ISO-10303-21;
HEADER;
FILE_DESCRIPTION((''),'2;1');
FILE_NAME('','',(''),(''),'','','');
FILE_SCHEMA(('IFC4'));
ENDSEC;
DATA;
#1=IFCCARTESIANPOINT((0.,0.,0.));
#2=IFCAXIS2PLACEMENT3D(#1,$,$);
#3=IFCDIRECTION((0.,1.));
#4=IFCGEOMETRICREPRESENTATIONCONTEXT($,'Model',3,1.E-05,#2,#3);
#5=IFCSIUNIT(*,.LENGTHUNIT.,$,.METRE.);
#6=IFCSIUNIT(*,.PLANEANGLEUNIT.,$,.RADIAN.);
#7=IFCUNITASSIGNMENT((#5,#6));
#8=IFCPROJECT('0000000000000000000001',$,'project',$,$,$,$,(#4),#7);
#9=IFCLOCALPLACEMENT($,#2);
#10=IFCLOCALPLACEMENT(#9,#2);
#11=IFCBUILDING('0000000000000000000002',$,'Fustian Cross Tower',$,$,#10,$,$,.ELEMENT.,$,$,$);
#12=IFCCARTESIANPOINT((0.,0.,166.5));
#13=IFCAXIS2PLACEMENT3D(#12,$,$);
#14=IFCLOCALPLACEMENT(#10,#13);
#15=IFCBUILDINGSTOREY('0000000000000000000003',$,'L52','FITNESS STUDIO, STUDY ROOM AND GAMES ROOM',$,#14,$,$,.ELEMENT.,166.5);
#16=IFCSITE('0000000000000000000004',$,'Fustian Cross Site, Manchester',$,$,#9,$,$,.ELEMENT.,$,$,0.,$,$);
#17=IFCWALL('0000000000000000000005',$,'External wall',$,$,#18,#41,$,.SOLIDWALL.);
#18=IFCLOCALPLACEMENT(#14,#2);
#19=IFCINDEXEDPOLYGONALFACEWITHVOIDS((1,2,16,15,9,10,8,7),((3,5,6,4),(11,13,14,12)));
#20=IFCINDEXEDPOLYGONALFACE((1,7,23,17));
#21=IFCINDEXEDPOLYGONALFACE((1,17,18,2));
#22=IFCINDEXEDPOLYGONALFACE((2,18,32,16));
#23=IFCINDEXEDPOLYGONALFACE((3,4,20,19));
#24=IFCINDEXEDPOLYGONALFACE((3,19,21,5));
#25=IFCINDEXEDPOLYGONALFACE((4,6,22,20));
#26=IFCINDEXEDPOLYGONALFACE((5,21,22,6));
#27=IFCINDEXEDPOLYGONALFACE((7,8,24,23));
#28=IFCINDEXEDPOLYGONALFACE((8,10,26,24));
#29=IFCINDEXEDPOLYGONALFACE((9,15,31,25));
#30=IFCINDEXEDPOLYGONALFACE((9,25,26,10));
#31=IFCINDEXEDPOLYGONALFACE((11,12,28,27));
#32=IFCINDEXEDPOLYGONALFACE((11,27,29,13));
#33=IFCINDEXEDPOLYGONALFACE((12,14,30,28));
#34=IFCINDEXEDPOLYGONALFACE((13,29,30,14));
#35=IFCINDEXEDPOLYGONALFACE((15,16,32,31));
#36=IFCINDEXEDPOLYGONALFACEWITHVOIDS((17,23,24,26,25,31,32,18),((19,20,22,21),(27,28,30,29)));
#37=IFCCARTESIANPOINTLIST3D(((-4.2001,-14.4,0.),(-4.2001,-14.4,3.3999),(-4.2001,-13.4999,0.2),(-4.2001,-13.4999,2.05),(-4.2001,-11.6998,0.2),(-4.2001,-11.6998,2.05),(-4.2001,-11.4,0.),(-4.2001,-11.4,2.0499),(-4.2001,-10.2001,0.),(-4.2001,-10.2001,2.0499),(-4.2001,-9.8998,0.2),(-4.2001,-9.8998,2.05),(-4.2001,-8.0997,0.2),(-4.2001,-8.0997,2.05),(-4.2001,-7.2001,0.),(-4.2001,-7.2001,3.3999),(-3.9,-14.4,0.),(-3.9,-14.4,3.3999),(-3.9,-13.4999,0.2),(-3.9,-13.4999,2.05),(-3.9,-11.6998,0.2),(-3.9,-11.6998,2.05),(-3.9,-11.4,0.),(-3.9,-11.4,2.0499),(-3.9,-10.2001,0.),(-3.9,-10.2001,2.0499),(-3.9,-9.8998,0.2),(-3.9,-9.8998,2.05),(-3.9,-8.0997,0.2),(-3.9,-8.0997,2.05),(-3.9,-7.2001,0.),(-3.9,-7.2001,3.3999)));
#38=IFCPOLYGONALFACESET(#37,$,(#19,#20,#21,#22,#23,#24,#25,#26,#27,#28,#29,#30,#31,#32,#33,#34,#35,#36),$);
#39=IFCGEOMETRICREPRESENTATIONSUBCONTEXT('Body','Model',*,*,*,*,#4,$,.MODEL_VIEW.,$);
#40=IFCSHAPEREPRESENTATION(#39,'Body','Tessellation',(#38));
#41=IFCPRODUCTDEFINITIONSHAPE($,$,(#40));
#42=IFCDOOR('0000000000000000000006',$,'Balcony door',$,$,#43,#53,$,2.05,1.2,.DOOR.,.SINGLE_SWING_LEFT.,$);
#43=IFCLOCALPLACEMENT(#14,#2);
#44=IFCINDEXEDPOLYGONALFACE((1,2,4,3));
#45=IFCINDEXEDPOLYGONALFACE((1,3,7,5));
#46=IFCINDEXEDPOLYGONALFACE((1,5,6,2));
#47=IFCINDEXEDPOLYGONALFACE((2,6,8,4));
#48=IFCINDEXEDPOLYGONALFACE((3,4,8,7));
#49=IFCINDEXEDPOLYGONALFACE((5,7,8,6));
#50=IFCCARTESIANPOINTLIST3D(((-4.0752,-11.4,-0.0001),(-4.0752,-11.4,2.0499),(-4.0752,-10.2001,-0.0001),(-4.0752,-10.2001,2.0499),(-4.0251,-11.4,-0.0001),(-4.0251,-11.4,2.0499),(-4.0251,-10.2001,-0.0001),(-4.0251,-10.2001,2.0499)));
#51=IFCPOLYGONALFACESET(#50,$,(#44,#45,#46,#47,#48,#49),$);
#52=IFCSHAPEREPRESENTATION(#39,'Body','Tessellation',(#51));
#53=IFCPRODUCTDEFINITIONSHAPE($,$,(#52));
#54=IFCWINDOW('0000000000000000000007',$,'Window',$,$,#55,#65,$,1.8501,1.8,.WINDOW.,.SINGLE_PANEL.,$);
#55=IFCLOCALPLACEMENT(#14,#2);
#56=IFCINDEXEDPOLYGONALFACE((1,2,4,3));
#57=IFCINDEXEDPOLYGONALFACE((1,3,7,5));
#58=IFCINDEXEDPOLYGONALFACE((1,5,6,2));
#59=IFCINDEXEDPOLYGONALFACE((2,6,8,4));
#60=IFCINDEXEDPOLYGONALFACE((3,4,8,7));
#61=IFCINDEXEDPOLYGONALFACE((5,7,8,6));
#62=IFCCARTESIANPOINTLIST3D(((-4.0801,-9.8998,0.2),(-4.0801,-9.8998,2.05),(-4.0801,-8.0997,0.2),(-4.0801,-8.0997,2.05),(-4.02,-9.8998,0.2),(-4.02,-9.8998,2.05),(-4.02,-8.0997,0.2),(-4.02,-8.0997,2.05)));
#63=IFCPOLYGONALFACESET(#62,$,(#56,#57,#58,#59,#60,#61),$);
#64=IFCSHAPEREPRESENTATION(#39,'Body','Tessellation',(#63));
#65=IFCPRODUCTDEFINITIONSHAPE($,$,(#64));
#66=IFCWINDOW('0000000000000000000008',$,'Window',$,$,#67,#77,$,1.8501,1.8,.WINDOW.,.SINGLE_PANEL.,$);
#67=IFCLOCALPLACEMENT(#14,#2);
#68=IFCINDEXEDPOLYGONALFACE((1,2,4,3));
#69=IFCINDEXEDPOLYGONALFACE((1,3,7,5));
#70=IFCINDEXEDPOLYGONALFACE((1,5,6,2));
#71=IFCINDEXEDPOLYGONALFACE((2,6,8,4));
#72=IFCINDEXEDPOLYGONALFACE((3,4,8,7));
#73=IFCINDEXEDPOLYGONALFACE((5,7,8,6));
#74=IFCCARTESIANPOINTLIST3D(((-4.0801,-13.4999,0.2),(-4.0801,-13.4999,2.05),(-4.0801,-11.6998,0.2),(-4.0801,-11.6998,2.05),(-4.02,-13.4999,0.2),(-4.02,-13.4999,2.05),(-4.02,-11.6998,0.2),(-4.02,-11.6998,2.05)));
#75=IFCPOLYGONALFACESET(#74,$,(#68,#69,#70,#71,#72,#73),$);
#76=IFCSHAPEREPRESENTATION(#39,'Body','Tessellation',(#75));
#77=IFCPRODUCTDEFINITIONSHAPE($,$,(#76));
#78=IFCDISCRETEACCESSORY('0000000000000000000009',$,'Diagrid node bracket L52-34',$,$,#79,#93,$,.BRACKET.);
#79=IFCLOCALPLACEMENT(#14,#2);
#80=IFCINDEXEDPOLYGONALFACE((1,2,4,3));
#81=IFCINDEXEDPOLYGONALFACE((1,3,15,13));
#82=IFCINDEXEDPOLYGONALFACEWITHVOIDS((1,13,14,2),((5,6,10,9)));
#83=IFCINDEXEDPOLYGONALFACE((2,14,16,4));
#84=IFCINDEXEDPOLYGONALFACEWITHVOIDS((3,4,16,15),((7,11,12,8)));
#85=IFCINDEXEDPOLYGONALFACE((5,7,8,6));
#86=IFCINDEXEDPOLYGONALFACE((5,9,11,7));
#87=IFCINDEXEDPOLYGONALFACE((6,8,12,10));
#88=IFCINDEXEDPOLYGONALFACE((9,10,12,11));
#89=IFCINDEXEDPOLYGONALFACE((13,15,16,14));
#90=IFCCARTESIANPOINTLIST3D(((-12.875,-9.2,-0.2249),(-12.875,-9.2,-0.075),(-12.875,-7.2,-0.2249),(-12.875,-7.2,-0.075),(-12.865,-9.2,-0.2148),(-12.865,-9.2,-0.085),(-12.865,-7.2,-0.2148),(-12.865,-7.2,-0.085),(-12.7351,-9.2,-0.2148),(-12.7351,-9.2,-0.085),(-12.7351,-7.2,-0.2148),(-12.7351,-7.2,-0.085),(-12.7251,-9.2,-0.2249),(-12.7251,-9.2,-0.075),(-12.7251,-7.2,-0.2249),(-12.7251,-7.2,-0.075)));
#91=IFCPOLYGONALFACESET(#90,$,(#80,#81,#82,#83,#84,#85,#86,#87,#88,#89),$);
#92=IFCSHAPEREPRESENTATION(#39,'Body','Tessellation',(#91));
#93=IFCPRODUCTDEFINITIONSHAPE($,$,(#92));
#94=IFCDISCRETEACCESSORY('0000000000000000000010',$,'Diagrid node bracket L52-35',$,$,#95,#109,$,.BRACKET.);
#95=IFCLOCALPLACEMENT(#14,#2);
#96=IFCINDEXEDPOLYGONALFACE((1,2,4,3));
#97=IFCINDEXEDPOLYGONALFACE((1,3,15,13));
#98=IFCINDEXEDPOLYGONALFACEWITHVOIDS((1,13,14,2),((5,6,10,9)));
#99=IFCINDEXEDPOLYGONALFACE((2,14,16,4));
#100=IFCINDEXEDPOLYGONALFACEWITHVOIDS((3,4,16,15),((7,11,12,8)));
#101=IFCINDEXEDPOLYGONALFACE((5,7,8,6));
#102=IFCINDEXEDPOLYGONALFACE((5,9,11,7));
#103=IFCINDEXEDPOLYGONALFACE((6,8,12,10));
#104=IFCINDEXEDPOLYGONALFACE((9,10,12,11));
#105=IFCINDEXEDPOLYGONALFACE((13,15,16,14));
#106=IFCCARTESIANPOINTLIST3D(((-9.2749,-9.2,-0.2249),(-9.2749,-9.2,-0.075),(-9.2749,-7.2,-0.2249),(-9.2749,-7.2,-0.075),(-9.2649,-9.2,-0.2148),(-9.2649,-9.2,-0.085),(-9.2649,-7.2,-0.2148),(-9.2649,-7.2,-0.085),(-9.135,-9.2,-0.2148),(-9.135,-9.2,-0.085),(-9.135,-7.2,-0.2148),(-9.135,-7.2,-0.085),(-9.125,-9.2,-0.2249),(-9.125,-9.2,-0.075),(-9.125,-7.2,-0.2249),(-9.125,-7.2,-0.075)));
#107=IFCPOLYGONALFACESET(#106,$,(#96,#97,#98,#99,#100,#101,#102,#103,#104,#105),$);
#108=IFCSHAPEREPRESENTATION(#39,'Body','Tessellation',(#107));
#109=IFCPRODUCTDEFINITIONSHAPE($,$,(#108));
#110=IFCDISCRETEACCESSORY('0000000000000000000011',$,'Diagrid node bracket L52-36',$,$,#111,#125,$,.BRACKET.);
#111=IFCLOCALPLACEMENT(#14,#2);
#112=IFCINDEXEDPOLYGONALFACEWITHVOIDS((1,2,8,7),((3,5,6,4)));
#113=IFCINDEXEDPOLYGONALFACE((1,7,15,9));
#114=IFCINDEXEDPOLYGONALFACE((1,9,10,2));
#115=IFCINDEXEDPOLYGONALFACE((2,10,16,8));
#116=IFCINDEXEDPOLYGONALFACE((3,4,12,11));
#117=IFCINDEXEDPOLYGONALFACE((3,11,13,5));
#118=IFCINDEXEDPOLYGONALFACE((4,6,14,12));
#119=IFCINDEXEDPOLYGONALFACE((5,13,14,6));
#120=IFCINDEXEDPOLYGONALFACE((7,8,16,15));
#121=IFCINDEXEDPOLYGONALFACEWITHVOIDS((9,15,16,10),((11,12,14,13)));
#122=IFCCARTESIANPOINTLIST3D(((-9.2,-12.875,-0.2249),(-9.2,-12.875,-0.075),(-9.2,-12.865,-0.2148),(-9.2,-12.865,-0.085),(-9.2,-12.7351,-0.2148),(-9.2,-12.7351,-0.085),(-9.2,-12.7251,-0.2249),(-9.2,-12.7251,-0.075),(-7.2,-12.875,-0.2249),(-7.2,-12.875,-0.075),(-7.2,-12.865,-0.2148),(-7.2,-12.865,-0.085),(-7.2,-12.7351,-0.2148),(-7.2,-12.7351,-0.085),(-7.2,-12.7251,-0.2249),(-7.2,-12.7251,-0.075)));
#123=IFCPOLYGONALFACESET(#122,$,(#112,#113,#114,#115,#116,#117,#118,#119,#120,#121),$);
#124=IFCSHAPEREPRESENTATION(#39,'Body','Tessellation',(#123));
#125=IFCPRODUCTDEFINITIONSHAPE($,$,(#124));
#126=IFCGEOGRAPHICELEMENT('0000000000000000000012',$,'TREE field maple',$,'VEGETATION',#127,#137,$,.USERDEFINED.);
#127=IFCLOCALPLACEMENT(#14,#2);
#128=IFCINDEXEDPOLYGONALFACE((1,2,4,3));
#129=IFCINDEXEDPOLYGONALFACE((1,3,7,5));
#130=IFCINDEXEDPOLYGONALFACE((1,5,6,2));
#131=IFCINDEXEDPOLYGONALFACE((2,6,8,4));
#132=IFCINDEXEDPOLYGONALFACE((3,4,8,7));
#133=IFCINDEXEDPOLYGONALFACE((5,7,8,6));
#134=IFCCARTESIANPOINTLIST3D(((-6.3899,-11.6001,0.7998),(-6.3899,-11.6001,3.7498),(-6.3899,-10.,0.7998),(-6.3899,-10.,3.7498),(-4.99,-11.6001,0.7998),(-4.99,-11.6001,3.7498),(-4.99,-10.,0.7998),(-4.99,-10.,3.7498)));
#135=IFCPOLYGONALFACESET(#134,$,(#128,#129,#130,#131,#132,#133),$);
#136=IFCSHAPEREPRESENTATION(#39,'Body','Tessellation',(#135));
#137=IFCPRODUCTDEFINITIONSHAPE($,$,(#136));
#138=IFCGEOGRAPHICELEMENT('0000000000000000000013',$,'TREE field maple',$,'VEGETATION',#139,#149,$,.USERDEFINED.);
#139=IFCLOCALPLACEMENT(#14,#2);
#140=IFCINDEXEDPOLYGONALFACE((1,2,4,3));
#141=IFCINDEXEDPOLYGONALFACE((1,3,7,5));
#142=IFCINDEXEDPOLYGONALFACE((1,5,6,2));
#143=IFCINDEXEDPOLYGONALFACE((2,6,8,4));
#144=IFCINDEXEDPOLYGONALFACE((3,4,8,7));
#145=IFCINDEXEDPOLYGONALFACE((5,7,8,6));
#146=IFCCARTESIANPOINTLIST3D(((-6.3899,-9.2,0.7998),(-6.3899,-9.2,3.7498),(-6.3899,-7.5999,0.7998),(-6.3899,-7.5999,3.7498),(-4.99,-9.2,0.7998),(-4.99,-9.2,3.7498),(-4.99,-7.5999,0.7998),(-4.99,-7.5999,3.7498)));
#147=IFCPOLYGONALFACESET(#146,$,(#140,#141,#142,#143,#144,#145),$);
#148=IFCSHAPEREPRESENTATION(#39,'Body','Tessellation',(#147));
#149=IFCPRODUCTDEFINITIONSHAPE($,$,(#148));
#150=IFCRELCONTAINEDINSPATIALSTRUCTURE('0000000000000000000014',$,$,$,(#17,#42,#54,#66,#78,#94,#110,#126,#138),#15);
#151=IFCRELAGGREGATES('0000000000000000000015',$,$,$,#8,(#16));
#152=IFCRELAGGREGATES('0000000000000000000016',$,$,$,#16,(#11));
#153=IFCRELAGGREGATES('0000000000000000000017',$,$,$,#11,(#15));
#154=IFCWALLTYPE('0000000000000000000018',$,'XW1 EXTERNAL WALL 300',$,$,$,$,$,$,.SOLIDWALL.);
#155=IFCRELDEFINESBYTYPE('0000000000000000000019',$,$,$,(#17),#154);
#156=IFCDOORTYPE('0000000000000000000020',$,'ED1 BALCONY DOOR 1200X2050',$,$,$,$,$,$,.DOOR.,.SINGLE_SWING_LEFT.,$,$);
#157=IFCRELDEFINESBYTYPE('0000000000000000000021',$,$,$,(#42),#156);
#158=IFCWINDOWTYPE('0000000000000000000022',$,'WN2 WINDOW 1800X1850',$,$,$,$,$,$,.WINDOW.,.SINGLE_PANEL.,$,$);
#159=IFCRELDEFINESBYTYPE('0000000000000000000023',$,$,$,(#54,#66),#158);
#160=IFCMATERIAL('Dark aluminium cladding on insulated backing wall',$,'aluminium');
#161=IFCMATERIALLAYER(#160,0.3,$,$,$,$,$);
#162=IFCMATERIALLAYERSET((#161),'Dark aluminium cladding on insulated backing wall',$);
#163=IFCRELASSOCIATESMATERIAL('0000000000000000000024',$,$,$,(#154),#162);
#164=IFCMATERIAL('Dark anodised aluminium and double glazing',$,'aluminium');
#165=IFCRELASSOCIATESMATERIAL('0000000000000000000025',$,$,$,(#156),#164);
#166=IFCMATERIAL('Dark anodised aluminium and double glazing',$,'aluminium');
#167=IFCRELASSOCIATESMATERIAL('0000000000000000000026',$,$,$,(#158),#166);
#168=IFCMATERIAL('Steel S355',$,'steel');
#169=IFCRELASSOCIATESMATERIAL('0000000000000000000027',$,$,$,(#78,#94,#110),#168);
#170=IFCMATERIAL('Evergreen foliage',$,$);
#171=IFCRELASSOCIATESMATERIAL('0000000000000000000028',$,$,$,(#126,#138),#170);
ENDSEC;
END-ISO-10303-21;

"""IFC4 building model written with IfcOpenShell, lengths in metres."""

from ifc_helpers import new_model, si_unit, direction, frame, frame_2d, origin, origin_2d, place, context, subcontext, project, spatial, rectangle, hollow_rectangle, extrude, material, layer, layer_set, type_object, element, fill, save


model = new_model("IFC4")

# Units and contexts
model_context = context("Model", 3, precision=1e-05, world=origin(), true_north=direction((0.0, 1.0)))
body_context = subcontext(model_context, "Body", "Model", "MODEL_VIEW")
ifc_project = project(units=[si_unit("LENGTHUNIT", "METRE"), si_unit("PLANEANGLEUNIT", "RADIAN")], contexts=[model_context])

# Site, building, storey
site_placement = place(None, origin())
site = spatial("IfcSite", under=ifc_project, at=site_placement, Name="Fustian Cross Site, Manchester", CompositionType="ELEMENT", RefElevation=0.0)
building_placement = place(site_placement, origin())
building = spatial("IfcBuilding", under=site, at=building_placement, Name="Fustian Cross Tower", CompositionType="ELEMENT")
storey_placement = place(building_placement, frame((0.0, 0.0, 166.5)))
storey = spatial("IfcBuildingStorey", under=building, at=storey_placement, Name="L52", Description="FITNESS STUDIO, STUDY ROOM AND GAMES ROOM", CompositionType="ELEMENT", Elevation=166.5)

# Wall, openings, door, windows
ifc_material_1 = material(Name="Dark aluminium cladding on insulated backing wall", Category="aluminium")
ifc_layer_1 = layer(ifc_material_1, 0.3)
ifc_layer_set_1 = layer_set([ifc_layer_1], Name="Dark aluminium cladding on insulated backing wall")
wall_type_1 = type_object("IfcWallType", Name="XW1 EXTERNAL WALL 300", PredefinedType="SOLIDWALL", material=ifc_layer_set_1)
wall_1_placement = place(storey_placement, frame((-4.05, -7.2, 0.0), z_axis=(0.0, 0.0, 1.0), x_axis=(0.0, -1.0, 0.0)))
wall_1 = element("IfcWall", 1, at=wall_1_placement, inside=storey, type_object=wall_type_1, Name="External wall", PredefinedType="SOLIDWALL", context=body_context, shape_type="SweptSolid", body=[
    extrude(rectangle(XDim=7.2, YDim=0.3, at=frame_2d((3.6001, 0.0))), origin(), (0.0, 0.0, 1.0), 3.3999),
])
opening_1_placement = place(wall_1_placement, frame((3.0, 0.0, 0.0)))
opening_1 = element("IfcOpeningElement", 2, at=opening_1_placement, cuts=wall_1, PredefinedType="OPENING", context=body_context, shape_type="SweptSolid", body=[
    extrude(rectangle(XDim=1.2, YDim=2.05, at=frame_2d((0.6001, 1.0249))), frame((0.0, 0.1599, 0.0), z_axis=(0.0, -1.0, 0.0), x_axis=(1.0, 0.0, 0.0)), (0.0, 0.0, 1.0), 0.3201),
])
opening_2_placement = place(wall_1_placement, frame((0.8999, 0.0, 0.2)))
opening_2 = element("IfcOpeningElement", 3, at=opening_2_placement, cuts=wall_1, PredefinedType="OPENING", context=body_context, shape_type="SweptSolid", body=[
    extrude(rectangle(XDim=1.8, YDim=1.8501, at=frame_2d((0.8999, 0.925))), frame((0.0, 0.1599, 0.0), z_axis=(0.0, -1.0, 0.0), x_axis=(1.0, 0.0, 0.0)), (0.0, 0.0, 1.0), 0.3201),
])
opening_3_placement = place(wall_1_placement, frame((4.5, 0.0, 0.2)))
opening_3 = element("IfcOpeningElement", 4, at=opening_3_placement, cuts=wall_1, PredefinedType="OPENING", context=body_context, shape_type="SweptSolid", body=[
    extrude(rectangle(XDim=1.8, YDim=1.8501, at=frame_2d((0.8999, 0.925))), frame((0.0, 0.1599, 0.0), z_axis=(0.0, -1.0, 0.0), x_axis=(1.0, 0.0, 0.0)), (0.0, 0.0, 1.0), 0.3201),
])
ifc_material_2 = material(Name="Dark anodised aluminium and double glazing", Category="aluminium")
door_type_1 = type_object("IfcDoorType", Name="ED1 BALCONY DOOR 1200X2050", OperationType="SINGLE_SWING_LEFT", PredefinedType="DOOR", material=ifc_material_2)
door_1_placement = place(opening_1_placement, origin())
door_1 = element("IfcDoor", 5, at=door_1_placement, inside=storey, type_object=door_type_1, Name="Balcony door", OperationType="SINGLE_SWING_LEFT", OverallHeight=2.05, OverallWidth=1.2, PredefinedType="DOOR", context=body_context, shape_type="SweptSolid", body=[
    extrude(rectangle(XDim=1.2, YDim=2.05, at=frame_2d((0.6001, 1.0249))), frame((0.0, 0.0249, 0.0), z_axis=(0.0, -1.0, 0.0), x_axis=(1.0, 0.0, 0.0)), (0.0, 0.0, 1.0), 0.05),
])
fill(opening_1, door_1)
ifc_material_3 = material(Name="Dark anodised aluminium and double glazing", Category="aluminium")
window_type = type_object("IfcWindowType", Name="WN2 WINDOW 1800X1850", PartitioningType="SINGLE_PANEL", PredefinedType="WINDOW", material=ifc_material_3)
window_1_placement = place(opening_2_placement, origin())
window_1 = element("IfcWindow", 6, at=window_1_placement, inside=storey, type_object=window_type, Name="Window", OverallHeight=1.8501, OverallWidth=1.8, PartitioningType="SINGLE_PANEL", PredefinedType="WINDOW", context=body_context, shape_type="SweptSolid", body=[
    extrude(rectangle(XDim=1.8, YDim=1.8501, at=frame_2d((0.8999, 0.925))), frame((0.0, 0.03, 0.0), z_axis=(0.0, -1.0, 0.0), x_axis=(1.0, 0.0, 0.0)), (0.0, 0.0, 1.0), 0.0601),
])
fill(opening_2, window_1)
window_2_placement = place(opening_3_placement, origin())
window_2 = element("IfcWindow", 7, at=window_2_placement, inside=storey, type_object=window_type, Name="Window", OverallHeight=1.8501, OverallWidth=1.8, PartitioningType="SINGLE_PANEL", PredefinedType="WINDOW", context=body_context, shape_type="SweptSolid", body=[
    extrude(rectangle(XDim=1.8, YDim=1.8501, at=frame_2d((0.8999, 0.925))), frame((0.0, 0.03, 0.0), z_axis=(0.0, -1.0, 0.0), x_axis=(1.0, 0.0, 0.0)), (0.0, 0.0, 1.0), 0.0601),
])
fill(opening_3, window_2)

# Discrete accessories
ifc_material_4 = material(Name="Steel S355", Category="steel")
for number, where, z_axis, x_axis, name in (
    (8, (-12.8, -9.2, -0.1499), (0.0, 1.0, 0.0), (-1.0, 0.0, 0.0), "Diagrid node bracket L52-34"),
    (9, (-9.2, -9.2, -0.1499), (0.0, 1.0, 0.0), (-1.0, 0.0, 0.0), "Diagrid node bracket L52-35"),
    (10, (-9.2, -12.8, -0.1499), (1.0, 0.0, 0.0), (0.0, 1.0, 0.0), "Diagrid node bracket L52-36"),
):
    element("IfcDiscreteAccessory", number, at=place(storey_placement, frame(where, z_axis=z_axis, x_axis=x_axis)), inside=storey, material=ifc_material_4, Name=name, PredefinedType="BRACKET", context=body_context, shape_type="SweptSolid", body=[
        extrude(hollow_rectangle(XDim=0.1499, YDim=0.1499, WallThickness=0.01, at=origin_2d()), origin(), (0.0, 0.0, 1.0), 2.0),
    ])

# Geographic elements
ifc_material_5 = material(Name="Evergreen foliage")
for number, where, z_axis, x_axis, name in (
    (11, (-5.6899, -10.8, 0.7998), (0.0, 0.0, 1.0), (1.0, 0.0, 0.0), "TREE field maple"),
    (12, (-5.6899, -8.3999, 0.7998), (0.0, 0.0, 1.0), (1.0, 0.0, 0.0), "TREE field maple"),
):
    element("IfcGeographicElement", number, at=place(storey_placement, frame(where, z_axis=z_axis, x_axis=x_axis)), inside=storey, material=ifc_material_5, Name=name, ObjectType="VEGETATION", PredefinedType="USERDEFINED", context=body_context, shape_type="SweptSolid", body=[
        extrude(rectangle(XDim=1.3999, YDim=1.6001, at=origin_2d()), origin(), (0.0, 0.0, 1.0), 2.95),
    ])

save(model, "model.ifc")
